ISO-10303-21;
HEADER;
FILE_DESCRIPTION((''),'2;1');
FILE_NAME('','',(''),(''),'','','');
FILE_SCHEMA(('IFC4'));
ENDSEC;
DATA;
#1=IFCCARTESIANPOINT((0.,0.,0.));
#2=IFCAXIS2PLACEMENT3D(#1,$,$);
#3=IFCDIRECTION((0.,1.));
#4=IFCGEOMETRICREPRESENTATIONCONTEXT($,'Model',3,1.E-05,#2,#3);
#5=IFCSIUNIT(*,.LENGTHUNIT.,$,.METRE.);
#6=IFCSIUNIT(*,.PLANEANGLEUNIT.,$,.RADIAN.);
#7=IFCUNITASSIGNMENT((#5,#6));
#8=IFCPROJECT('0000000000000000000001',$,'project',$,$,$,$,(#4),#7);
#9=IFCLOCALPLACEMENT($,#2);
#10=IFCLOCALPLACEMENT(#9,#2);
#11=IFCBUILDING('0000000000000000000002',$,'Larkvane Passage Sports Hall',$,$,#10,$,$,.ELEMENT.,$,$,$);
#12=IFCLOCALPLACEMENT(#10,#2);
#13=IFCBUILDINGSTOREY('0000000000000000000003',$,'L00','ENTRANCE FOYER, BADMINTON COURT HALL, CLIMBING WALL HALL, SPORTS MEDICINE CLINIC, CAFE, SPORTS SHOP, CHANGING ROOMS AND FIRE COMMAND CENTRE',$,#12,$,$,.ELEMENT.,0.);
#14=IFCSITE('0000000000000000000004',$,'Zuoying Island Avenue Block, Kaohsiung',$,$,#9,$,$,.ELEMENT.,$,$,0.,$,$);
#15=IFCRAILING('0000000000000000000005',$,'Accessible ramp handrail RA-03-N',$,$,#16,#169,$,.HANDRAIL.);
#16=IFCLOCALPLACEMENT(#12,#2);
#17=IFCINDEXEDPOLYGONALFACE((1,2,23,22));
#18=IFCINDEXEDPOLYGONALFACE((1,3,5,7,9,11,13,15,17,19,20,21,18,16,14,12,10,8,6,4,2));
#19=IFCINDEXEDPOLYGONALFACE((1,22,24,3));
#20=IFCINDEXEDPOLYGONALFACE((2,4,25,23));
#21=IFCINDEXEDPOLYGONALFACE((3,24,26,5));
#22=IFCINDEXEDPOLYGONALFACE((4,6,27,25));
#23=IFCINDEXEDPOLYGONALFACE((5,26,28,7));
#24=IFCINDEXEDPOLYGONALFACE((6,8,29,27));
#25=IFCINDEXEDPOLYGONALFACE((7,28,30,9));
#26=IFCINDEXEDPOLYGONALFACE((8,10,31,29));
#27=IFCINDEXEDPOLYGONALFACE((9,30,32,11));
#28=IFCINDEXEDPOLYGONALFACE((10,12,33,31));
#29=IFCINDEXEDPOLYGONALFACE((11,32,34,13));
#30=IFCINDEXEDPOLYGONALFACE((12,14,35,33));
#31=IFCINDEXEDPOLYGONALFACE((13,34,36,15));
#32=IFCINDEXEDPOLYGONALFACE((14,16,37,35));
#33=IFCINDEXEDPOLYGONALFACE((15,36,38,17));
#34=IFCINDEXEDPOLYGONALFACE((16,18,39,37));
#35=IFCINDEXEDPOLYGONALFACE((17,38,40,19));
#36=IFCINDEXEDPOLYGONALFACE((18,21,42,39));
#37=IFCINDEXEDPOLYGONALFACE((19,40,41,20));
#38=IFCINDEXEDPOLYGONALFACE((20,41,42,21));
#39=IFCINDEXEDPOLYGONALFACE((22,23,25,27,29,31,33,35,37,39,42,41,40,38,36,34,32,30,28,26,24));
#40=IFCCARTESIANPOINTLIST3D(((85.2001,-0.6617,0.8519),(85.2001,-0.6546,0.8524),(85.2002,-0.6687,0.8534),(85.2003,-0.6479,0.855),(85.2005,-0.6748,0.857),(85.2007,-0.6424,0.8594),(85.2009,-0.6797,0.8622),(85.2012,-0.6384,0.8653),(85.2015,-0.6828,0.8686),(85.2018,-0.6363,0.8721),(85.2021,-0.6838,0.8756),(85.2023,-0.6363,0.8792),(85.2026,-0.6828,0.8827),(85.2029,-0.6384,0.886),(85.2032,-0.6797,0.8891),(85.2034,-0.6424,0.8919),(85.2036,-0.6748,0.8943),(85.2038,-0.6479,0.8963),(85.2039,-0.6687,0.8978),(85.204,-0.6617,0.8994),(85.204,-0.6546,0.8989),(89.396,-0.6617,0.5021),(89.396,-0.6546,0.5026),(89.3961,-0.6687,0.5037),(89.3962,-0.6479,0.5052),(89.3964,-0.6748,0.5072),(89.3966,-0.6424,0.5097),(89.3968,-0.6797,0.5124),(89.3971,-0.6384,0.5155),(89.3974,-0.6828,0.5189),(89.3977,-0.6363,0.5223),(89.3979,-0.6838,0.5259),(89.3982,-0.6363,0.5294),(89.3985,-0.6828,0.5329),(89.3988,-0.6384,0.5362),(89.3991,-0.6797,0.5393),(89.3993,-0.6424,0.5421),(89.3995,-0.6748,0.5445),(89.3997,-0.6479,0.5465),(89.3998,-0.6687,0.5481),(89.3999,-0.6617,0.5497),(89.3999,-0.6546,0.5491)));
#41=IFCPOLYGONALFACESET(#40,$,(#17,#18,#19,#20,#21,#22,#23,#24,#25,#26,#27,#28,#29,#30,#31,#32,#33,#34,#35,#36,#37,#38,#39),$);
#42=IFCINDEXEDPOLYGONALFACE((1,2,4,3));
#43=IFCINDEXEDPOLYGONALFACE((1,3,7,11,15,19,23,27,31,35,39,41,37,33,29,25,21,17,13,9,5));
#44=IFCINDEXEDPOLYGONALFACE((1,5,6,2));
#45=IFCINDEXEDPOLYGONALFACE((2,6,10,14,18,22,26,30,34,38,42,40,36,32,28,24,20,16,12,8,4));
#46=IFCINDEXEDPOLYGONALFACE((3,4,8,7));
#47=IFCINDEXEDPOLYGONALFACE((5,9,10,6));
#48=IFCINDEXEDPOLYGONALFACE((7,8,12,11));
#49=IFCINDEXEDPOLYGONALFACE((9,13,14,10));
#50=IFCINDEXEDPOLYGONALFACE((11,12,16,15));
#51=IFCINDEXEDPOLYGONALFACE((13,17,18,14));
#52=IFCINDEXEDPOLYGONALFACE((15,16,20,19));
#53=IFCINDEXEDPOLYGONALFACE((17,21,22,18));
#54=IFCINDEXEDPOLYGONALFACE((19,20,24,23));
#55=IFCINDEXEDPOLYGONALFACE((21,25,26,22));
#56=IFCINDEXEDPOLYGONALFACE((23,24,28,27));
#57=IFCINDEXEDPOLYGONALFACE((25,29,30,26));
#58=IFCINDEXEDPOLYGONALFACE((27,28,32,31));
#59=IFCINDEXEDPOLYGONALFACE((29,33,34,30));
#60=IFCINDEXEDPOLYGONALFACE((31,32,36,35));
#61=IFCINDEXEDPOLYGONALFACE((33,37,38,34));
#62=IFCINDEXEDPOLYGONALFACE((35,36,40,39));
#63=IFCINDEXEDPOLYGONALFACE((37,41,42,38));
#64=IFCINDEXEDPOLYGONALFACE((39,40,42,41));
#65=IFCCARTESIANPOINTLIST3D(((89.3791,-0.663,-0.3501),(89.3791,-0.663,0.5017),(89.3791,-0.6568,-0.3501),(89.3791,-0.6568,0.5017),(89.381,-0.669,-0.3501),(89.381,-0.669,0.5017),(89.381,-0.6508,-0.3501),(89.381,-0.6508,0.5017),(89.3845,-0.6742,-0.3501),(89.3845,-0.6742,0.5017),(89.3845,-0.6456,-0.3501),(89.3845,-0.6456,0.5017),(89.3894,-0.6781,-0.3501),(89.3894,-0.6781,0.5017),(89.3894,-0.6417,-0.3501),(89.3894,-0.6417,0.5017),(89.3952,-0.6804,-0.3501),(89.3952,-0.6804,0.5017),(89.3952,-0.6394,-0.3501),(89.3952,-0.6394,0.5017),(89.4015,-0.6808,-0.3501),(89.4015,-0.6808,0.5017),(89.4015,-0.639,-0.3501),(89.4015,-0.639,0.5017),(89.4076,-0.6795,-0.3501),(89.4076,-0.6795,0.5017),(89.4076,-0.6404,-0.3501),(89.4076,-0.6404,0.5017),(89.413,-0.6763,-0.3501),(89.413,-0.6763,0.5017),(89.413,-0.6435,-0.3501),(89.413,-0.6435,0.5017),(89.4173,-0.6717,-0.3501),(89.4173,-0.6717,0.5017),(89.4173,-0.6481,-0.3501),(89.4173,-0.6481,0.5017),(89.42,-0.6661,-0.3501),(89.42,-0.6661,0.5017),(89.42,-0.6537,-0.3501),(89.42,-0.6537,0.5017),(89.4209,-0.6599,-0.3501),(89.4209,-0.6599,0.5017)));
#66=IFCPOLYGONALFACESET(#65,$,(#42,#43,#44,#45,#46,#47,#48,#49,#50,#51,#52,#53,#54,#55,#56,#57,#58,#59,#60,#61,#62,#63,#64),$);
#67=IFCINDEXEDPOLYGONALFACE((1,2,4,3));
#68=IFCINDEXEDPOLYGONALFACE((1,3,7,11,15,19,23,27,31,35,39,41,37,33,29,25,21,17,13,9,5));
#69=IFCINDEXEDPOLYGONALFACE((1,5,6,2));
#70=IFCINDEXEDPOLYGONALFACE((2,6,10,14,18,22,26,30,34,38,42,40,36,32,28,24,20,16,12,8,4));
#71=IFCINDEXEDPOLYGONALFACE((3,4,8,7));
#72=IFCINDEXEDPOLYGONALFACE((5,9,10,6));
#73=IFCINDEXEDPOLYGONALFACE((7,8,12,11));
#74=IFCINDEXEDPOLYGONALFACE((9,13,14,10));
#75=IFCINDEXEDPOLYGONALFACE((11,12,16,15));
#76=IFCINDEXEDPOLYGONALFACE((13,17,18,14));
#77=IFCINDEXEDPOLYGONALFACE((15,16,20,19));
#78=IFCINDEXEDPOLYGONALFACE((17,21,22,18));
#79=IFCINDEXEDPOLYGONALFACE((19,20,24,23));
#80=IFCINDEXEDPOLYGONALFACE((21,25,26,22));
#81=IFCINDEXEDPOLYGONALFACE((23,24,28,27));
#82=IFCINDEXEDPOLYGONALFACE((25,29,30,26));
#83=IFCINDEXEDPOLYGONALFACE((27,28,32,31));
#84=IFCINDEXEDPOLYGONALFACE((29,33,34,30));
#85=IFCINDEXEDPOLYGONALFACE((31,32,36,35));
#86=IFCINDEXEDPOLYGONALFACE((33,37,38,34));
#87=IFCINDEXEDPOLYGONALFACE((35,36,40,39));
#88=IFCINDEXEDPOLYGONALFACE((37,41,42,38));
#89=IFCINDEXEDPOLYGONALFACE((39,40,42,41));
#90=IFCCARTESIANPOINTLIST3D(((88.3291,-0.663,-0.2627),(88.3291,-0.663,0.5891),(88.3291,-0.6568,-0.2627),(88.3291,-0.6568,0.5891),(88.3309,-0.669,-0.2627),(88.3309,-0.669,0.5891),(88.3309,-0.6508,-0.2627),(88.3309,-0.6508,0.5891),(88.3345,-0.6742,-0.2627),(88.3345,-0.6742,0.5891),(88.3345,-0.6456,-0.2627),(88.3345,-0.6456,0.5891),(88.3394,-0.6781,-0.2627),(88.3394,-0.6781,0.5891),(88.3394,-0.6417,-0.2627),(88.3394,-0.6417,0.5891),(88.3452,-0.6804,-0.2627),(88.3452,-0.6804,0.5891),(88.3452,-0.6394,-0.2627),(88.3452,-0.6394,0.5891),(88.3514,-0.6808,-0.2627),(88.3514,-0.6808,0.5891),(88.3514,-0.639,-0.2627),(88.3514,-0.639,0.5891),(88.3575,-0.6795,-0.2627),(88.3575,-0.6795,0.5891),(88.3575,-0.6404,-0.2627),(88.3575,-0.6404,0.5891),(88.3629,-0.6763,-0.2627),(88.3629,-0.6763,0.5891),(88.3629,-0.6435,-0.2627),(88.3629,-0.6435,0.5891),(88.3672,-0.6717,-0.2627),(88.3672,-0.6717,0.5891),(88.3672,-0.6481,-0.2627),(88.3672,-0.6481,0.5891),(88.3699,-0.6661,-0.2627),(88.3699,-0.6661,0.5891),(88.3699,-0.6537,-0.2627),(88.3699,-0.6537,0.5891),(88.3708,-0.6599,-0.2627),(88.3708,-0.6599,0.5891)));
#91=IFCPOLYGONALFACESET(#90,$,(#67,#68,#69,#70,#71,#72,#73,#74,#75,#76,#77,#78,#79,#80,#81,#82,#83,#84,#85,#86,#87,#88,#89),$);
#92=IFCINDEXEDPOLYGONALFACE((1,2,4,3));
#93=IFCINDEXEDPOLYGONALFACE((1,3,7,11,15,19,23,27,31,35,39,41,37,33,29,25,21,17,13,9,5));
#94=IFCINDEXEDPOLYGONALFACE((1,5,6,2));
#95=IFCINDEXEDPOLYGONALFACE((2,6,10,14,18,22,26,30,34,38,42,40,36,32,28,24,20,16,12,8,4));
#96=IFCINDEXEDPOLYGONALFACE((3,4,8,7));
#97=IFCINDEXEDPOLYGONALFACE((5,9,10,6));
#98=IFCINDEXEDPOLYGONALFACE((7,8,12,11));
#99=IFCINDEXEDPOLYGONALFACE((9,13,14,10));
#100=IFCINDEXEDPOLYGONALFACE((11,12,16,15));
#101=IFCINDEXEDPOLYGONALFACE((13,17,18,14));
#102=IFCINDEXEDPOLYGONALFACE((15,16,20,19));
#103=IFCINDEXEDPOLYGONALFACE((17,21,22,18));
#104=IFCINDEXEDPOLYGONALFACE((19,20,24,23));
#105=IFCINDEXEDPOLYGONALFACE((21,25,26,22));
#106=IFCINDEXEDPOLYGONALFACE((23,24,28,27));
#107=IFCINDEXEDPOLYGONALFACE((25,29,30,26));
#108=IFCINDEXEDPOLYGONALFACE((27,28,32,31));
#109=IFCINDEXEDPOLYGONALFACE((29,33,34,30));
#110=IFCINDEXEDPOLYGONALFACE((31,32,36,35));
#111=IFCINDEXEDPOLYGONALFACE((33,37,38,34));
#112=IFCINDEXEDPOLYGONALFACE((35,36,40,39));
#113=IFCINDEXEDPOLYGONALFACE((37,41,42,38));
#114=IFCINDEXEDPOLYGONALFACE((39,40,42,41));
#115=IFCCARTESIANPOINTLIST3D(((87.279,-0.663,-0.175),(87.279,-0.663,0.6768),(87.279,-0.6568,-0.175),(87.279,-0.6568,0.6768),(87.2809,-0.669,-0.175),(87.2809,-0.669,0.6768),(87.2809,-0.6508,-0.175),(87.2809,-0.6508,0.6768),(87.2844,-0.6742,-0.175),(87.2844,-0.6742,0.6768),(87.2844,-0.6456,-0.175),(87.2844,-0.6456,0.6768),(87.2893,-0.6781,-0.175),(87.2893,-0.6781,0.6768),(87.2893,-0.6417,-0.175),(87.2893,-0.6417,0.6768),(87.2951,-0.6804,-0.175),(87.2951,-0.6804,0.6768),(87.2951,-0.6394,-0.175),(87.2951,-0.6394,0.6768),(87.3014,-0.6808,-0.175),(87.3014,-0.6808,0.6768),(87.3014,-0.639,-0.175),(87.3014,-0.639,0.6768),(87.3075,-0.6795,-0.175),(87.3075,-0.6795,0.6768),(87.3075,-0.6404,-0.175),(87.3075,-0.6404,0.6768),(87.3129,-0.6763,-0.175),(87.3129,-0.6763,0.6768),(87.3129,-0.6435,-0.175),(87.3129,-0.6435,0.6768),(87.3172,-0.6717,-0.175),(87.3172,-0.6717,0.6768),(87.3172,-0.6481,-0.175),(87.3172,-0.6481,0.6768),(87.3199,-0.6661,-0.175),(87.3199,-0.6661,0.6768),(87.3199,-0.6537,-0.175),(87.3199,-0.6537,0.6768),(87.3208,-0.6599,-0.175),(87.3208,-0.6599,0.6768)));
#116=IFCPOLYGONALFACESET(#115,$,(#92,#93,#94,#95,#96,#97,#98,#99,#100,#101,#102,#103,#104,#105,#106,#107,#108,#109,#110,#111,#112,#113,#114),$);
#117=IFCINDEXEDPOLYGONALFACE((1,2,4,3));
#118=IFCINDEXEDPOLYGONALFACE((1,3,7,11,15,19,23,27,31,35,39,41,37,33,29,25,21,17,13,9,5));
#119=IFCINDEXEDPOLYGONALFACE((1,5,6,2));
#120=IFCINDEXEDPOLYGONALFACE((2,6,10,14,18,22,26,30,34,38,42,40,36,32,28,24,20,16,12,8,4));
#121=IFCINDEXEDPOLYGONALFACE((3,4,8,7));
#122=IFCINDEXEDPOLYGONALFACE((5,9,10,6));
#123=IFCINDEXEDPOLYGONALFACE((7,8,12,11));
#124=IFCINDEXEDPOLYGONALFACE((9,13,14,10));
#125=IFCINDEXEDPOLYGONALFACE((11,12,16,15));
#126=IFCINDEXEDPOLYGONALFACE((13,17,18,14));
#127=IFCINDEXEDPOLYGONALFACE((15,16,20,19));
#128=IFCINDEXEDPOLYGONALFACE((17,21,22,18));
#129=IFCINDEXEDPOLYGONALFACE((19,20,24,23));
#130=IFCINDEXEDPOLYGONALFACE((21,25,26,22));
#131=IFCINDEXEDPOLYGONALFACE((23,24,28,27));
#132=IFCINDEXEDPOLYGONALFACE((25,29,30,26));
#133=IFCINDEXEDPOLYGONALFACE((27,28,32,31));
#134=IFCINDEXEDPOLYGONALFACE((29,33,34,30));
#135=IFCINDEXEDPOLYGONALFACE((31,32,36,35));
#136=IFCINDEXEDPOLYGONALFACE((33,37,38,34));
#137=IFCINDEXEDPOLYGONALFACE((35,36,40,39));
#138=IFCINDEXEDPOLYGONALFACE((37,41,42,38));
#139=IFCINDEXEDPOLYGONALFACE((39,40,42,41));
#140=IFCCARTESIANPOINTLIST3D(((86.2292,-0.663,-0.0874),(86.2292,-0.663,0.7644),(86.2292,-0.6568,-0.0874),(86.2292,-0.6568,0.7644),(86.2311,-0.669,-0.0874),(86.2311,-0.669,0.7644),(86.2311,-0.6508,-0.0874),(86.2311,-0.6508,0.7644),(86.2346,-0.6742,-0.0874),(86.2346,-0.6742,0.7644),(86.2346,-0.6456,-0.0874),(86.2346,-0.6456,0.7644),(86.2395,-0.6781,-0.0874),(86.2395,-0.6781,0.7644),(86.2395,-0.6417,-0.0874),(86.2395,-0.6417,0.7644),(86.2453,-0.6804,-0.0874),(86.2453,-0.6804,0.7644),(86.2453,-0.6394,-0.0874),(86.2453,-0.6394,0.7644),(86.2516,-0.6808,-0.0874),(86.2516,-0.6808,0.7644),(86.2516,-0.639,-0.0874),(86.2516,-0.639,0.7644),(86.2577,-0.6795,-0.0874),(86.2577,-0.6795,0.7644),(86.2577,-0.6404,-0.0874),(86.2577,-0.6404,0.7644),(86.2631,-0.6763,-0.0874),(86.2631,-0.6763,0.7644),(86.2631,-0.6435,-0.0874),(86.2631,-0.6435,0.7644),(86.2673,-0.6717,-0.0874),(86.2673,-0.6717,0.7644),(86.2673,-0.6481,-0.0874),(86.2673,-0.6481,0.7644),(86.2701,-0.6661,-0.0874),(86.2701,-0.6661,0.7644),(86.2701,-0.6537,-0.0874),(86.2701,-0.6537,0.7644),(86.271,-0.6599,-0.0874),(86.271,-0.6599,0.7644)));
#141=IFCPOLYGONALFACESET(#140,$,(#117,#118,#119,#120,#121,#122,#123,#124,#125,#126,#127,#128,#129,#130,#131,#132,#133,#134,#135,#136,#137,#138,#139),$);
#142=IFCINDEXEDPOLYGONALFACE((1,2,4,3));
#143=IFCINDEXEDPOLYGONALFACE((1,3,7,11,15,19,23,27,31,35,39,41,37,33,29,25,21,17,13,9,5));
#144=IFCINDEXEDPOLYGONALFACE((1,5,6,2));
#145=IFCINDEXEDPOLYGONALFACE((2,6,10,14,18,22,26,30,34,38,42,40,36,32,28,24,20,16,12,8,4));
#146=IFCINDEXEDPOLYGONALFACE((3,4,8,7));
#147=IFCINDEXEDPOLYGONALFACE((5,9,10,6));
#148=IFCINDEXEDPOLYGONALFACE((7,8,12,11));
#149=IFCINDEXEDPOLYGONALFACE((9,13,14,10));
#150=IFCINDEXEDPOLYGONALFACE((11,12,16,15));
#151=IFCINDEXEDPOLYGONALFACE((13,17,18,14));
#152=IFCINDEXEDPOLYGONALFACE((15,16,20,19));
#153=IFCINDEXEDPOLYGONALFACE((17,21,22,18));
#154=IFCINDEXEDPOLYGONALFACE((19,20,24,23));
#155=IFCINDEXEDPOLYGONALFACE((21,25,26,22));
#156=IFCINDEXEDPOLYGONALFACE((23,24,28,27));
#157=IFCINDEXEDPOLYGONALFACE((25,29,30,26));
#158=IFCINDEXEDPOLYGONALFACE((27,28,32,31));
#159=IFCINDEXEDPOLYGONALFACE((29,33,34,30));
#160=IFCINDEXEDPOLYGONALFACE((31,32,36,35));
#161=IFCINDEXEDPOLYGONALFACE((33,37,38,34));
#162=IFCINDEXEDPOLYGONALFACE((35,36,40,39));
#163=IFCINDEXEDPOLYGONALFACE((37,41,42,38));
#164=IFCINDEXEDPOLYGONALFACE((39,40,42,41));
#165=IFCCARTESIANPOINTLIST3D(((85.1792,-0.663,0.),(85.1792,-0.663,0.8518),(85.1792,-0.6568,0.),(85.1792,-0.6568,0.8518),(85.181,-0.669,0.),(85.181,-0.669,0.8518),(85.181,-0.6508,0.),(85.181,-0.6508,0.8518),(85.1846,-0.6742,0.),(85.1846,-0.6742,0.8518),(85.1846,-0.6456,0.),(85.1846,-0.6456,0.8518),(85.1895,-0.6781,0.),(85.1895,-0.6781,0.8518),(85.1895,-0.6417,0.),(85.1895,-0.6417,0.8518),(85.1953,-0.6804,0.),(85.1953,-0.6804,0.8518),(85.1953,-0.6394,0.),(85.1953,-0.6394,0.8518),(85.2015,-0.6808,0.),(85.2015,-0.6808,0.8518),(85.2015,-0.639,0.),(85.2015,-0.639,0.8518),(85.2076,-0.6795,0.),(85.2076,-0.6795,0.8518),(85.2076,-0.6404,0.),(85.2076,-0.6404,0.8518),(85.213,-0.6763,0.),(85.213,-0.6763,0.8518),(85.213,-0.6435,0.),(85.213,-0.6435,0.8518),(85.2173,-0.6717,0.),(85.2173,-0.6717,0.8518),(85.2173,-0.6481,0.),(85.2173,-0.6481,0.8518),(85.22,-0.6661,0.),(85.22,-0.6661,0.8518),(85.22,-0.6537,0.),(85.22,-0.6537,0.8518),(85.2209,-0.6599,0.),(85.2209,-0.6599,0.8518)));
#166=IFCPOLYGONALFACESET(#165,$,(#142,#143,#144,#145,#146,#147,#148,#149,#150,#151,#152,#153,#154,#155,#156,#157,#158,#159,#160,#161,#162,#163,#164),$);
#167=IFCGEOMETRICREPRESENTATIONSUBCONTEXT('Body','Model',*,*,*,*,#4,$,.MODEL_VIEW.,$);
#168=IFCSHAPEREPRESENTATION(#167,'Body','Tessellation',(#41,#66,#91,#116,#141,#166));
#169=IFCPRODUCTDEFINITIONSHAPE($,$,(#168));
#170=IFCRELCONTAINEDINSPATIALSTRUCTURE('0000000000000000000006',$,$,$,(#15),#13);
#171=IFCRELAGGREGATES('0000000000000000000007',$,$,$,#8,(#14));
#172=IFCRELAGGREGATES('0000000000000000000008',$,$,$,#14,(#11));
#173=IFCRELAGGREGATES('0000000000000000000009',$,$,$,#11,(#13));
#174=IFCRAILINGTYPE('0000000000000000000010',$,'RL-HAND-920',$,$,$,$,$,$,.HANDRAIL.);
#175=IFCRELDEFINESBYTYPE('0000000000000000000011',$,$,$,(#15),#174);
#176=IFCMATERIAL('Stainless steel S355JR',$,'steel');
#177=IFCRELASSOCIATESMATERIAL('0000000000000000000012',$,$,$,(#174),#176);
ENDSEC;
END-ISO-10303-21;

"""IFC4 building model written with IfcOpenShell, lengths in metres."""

from ifc_helpers import new_model, si_unit, direction, frame, origin, origin_2d, place, context, subcontext, project, spatial, circle, extrude, material, type_object, element, save


model = new_model("IFC4")

# Units and contexts
model_context = context("Model", 3, precision=1e-05, world=origin(), true_north=direction((0.0, 1.0)))
body_context = subcontext(model_context, "Body", "Model", "MODEL_VIEW")
ifc_project = project(units=[si_unit("LENGTHUNIT", "METRE"), si_unit("PLANEANGLEUNIT", "RADIAN")], contexts=[model_context])

# Site, building, storey
site_placement = place(None, origin())
site = spatial("IfcSite", under=ifc_project, at=site_placement, Name="Zuoying Island Avenue Block, Kaohsiung", CompositionType="ELEMENT", RefElevation=0.0)
building_placement = place(site_placement, origin())
building = spatial("IfcBuilding", under=site, at=building_placement, Name="Larkvane Passage Sports Hall", CompositionType="ELEMENT")
storey_placement = place(building_placement, origin())
storey = spatial("IfcBuildingStorey", under=building, at=storey_placement, Name="L00", Description="ENTRANCE FOYER, BADMINTON COURT HALL, CLIMBING WALL HALL, SPORTS MEDICINE CLINIC, CAFE, SPORTS SHOP, CHANGING ROOMS AND FIRE COMMAND CENTRE", CompositionType="ELEMENT", Elevation=0.0)

# Railing
ifc_material_1 = material(Name="Stainless steel S355JR", Category="steel")
railing_type = type_object("IfcRailingType", Name="RL-HAND-920", PredefinedType="HANDRAIL", material=ifc_material_1)
for number, where, name in (
    (1, (89.3999, -0.6599, -0.3501), "Accessible ramp handrail RA-03-N"),
):
    element("IfcRailing", number, at=place(storey_placement, frame(where)), inside=storey, type_object=railing_type, Name=name, PredefinedType="HANDRAIL", context=body_context, shape_type="SweptSolid", body=[
        extrude(circle(Radius=0.0239, at=origin_2d()), frame((-0.002, 0.0, 0.876), z_axis=(-0.996544, 0.0, 0.083069), x_axis=(0.0, -1.0, 0.0)), (0.0, 0.0, 1.0), 4.2104),
        extrude(circle(Radius=0.021, at=origin_2d()), origin(), (0.0, 0.0, 1.0), 0.8518),
        extrude(circle(Radius=0.021, at=origin_2d()), frame((-1.05, 0.0, 0.0874)), (0.0, 0.0, 1.0), 0.8518),
        extrude(circle(Radius=0.021, at=origin_2d()), frame((-2.1001, 0.0, 0.175)), (0.0, 0.0, 1.0), 0.8518),
        extrude(circle(Radius=0.021, at=origin_2d()), frame((-3.1499, 0.0, 0.2627)), (0.0, 0.0, 1.0), 0.8518),
        extrude(circle(Radius=0.021, at=origin_2d()), frame((-4.2, 0.0, 0.3501)), (0.0, 0.0, 1.0), 0.8518),
    ])

save(model, "model.ifc")
